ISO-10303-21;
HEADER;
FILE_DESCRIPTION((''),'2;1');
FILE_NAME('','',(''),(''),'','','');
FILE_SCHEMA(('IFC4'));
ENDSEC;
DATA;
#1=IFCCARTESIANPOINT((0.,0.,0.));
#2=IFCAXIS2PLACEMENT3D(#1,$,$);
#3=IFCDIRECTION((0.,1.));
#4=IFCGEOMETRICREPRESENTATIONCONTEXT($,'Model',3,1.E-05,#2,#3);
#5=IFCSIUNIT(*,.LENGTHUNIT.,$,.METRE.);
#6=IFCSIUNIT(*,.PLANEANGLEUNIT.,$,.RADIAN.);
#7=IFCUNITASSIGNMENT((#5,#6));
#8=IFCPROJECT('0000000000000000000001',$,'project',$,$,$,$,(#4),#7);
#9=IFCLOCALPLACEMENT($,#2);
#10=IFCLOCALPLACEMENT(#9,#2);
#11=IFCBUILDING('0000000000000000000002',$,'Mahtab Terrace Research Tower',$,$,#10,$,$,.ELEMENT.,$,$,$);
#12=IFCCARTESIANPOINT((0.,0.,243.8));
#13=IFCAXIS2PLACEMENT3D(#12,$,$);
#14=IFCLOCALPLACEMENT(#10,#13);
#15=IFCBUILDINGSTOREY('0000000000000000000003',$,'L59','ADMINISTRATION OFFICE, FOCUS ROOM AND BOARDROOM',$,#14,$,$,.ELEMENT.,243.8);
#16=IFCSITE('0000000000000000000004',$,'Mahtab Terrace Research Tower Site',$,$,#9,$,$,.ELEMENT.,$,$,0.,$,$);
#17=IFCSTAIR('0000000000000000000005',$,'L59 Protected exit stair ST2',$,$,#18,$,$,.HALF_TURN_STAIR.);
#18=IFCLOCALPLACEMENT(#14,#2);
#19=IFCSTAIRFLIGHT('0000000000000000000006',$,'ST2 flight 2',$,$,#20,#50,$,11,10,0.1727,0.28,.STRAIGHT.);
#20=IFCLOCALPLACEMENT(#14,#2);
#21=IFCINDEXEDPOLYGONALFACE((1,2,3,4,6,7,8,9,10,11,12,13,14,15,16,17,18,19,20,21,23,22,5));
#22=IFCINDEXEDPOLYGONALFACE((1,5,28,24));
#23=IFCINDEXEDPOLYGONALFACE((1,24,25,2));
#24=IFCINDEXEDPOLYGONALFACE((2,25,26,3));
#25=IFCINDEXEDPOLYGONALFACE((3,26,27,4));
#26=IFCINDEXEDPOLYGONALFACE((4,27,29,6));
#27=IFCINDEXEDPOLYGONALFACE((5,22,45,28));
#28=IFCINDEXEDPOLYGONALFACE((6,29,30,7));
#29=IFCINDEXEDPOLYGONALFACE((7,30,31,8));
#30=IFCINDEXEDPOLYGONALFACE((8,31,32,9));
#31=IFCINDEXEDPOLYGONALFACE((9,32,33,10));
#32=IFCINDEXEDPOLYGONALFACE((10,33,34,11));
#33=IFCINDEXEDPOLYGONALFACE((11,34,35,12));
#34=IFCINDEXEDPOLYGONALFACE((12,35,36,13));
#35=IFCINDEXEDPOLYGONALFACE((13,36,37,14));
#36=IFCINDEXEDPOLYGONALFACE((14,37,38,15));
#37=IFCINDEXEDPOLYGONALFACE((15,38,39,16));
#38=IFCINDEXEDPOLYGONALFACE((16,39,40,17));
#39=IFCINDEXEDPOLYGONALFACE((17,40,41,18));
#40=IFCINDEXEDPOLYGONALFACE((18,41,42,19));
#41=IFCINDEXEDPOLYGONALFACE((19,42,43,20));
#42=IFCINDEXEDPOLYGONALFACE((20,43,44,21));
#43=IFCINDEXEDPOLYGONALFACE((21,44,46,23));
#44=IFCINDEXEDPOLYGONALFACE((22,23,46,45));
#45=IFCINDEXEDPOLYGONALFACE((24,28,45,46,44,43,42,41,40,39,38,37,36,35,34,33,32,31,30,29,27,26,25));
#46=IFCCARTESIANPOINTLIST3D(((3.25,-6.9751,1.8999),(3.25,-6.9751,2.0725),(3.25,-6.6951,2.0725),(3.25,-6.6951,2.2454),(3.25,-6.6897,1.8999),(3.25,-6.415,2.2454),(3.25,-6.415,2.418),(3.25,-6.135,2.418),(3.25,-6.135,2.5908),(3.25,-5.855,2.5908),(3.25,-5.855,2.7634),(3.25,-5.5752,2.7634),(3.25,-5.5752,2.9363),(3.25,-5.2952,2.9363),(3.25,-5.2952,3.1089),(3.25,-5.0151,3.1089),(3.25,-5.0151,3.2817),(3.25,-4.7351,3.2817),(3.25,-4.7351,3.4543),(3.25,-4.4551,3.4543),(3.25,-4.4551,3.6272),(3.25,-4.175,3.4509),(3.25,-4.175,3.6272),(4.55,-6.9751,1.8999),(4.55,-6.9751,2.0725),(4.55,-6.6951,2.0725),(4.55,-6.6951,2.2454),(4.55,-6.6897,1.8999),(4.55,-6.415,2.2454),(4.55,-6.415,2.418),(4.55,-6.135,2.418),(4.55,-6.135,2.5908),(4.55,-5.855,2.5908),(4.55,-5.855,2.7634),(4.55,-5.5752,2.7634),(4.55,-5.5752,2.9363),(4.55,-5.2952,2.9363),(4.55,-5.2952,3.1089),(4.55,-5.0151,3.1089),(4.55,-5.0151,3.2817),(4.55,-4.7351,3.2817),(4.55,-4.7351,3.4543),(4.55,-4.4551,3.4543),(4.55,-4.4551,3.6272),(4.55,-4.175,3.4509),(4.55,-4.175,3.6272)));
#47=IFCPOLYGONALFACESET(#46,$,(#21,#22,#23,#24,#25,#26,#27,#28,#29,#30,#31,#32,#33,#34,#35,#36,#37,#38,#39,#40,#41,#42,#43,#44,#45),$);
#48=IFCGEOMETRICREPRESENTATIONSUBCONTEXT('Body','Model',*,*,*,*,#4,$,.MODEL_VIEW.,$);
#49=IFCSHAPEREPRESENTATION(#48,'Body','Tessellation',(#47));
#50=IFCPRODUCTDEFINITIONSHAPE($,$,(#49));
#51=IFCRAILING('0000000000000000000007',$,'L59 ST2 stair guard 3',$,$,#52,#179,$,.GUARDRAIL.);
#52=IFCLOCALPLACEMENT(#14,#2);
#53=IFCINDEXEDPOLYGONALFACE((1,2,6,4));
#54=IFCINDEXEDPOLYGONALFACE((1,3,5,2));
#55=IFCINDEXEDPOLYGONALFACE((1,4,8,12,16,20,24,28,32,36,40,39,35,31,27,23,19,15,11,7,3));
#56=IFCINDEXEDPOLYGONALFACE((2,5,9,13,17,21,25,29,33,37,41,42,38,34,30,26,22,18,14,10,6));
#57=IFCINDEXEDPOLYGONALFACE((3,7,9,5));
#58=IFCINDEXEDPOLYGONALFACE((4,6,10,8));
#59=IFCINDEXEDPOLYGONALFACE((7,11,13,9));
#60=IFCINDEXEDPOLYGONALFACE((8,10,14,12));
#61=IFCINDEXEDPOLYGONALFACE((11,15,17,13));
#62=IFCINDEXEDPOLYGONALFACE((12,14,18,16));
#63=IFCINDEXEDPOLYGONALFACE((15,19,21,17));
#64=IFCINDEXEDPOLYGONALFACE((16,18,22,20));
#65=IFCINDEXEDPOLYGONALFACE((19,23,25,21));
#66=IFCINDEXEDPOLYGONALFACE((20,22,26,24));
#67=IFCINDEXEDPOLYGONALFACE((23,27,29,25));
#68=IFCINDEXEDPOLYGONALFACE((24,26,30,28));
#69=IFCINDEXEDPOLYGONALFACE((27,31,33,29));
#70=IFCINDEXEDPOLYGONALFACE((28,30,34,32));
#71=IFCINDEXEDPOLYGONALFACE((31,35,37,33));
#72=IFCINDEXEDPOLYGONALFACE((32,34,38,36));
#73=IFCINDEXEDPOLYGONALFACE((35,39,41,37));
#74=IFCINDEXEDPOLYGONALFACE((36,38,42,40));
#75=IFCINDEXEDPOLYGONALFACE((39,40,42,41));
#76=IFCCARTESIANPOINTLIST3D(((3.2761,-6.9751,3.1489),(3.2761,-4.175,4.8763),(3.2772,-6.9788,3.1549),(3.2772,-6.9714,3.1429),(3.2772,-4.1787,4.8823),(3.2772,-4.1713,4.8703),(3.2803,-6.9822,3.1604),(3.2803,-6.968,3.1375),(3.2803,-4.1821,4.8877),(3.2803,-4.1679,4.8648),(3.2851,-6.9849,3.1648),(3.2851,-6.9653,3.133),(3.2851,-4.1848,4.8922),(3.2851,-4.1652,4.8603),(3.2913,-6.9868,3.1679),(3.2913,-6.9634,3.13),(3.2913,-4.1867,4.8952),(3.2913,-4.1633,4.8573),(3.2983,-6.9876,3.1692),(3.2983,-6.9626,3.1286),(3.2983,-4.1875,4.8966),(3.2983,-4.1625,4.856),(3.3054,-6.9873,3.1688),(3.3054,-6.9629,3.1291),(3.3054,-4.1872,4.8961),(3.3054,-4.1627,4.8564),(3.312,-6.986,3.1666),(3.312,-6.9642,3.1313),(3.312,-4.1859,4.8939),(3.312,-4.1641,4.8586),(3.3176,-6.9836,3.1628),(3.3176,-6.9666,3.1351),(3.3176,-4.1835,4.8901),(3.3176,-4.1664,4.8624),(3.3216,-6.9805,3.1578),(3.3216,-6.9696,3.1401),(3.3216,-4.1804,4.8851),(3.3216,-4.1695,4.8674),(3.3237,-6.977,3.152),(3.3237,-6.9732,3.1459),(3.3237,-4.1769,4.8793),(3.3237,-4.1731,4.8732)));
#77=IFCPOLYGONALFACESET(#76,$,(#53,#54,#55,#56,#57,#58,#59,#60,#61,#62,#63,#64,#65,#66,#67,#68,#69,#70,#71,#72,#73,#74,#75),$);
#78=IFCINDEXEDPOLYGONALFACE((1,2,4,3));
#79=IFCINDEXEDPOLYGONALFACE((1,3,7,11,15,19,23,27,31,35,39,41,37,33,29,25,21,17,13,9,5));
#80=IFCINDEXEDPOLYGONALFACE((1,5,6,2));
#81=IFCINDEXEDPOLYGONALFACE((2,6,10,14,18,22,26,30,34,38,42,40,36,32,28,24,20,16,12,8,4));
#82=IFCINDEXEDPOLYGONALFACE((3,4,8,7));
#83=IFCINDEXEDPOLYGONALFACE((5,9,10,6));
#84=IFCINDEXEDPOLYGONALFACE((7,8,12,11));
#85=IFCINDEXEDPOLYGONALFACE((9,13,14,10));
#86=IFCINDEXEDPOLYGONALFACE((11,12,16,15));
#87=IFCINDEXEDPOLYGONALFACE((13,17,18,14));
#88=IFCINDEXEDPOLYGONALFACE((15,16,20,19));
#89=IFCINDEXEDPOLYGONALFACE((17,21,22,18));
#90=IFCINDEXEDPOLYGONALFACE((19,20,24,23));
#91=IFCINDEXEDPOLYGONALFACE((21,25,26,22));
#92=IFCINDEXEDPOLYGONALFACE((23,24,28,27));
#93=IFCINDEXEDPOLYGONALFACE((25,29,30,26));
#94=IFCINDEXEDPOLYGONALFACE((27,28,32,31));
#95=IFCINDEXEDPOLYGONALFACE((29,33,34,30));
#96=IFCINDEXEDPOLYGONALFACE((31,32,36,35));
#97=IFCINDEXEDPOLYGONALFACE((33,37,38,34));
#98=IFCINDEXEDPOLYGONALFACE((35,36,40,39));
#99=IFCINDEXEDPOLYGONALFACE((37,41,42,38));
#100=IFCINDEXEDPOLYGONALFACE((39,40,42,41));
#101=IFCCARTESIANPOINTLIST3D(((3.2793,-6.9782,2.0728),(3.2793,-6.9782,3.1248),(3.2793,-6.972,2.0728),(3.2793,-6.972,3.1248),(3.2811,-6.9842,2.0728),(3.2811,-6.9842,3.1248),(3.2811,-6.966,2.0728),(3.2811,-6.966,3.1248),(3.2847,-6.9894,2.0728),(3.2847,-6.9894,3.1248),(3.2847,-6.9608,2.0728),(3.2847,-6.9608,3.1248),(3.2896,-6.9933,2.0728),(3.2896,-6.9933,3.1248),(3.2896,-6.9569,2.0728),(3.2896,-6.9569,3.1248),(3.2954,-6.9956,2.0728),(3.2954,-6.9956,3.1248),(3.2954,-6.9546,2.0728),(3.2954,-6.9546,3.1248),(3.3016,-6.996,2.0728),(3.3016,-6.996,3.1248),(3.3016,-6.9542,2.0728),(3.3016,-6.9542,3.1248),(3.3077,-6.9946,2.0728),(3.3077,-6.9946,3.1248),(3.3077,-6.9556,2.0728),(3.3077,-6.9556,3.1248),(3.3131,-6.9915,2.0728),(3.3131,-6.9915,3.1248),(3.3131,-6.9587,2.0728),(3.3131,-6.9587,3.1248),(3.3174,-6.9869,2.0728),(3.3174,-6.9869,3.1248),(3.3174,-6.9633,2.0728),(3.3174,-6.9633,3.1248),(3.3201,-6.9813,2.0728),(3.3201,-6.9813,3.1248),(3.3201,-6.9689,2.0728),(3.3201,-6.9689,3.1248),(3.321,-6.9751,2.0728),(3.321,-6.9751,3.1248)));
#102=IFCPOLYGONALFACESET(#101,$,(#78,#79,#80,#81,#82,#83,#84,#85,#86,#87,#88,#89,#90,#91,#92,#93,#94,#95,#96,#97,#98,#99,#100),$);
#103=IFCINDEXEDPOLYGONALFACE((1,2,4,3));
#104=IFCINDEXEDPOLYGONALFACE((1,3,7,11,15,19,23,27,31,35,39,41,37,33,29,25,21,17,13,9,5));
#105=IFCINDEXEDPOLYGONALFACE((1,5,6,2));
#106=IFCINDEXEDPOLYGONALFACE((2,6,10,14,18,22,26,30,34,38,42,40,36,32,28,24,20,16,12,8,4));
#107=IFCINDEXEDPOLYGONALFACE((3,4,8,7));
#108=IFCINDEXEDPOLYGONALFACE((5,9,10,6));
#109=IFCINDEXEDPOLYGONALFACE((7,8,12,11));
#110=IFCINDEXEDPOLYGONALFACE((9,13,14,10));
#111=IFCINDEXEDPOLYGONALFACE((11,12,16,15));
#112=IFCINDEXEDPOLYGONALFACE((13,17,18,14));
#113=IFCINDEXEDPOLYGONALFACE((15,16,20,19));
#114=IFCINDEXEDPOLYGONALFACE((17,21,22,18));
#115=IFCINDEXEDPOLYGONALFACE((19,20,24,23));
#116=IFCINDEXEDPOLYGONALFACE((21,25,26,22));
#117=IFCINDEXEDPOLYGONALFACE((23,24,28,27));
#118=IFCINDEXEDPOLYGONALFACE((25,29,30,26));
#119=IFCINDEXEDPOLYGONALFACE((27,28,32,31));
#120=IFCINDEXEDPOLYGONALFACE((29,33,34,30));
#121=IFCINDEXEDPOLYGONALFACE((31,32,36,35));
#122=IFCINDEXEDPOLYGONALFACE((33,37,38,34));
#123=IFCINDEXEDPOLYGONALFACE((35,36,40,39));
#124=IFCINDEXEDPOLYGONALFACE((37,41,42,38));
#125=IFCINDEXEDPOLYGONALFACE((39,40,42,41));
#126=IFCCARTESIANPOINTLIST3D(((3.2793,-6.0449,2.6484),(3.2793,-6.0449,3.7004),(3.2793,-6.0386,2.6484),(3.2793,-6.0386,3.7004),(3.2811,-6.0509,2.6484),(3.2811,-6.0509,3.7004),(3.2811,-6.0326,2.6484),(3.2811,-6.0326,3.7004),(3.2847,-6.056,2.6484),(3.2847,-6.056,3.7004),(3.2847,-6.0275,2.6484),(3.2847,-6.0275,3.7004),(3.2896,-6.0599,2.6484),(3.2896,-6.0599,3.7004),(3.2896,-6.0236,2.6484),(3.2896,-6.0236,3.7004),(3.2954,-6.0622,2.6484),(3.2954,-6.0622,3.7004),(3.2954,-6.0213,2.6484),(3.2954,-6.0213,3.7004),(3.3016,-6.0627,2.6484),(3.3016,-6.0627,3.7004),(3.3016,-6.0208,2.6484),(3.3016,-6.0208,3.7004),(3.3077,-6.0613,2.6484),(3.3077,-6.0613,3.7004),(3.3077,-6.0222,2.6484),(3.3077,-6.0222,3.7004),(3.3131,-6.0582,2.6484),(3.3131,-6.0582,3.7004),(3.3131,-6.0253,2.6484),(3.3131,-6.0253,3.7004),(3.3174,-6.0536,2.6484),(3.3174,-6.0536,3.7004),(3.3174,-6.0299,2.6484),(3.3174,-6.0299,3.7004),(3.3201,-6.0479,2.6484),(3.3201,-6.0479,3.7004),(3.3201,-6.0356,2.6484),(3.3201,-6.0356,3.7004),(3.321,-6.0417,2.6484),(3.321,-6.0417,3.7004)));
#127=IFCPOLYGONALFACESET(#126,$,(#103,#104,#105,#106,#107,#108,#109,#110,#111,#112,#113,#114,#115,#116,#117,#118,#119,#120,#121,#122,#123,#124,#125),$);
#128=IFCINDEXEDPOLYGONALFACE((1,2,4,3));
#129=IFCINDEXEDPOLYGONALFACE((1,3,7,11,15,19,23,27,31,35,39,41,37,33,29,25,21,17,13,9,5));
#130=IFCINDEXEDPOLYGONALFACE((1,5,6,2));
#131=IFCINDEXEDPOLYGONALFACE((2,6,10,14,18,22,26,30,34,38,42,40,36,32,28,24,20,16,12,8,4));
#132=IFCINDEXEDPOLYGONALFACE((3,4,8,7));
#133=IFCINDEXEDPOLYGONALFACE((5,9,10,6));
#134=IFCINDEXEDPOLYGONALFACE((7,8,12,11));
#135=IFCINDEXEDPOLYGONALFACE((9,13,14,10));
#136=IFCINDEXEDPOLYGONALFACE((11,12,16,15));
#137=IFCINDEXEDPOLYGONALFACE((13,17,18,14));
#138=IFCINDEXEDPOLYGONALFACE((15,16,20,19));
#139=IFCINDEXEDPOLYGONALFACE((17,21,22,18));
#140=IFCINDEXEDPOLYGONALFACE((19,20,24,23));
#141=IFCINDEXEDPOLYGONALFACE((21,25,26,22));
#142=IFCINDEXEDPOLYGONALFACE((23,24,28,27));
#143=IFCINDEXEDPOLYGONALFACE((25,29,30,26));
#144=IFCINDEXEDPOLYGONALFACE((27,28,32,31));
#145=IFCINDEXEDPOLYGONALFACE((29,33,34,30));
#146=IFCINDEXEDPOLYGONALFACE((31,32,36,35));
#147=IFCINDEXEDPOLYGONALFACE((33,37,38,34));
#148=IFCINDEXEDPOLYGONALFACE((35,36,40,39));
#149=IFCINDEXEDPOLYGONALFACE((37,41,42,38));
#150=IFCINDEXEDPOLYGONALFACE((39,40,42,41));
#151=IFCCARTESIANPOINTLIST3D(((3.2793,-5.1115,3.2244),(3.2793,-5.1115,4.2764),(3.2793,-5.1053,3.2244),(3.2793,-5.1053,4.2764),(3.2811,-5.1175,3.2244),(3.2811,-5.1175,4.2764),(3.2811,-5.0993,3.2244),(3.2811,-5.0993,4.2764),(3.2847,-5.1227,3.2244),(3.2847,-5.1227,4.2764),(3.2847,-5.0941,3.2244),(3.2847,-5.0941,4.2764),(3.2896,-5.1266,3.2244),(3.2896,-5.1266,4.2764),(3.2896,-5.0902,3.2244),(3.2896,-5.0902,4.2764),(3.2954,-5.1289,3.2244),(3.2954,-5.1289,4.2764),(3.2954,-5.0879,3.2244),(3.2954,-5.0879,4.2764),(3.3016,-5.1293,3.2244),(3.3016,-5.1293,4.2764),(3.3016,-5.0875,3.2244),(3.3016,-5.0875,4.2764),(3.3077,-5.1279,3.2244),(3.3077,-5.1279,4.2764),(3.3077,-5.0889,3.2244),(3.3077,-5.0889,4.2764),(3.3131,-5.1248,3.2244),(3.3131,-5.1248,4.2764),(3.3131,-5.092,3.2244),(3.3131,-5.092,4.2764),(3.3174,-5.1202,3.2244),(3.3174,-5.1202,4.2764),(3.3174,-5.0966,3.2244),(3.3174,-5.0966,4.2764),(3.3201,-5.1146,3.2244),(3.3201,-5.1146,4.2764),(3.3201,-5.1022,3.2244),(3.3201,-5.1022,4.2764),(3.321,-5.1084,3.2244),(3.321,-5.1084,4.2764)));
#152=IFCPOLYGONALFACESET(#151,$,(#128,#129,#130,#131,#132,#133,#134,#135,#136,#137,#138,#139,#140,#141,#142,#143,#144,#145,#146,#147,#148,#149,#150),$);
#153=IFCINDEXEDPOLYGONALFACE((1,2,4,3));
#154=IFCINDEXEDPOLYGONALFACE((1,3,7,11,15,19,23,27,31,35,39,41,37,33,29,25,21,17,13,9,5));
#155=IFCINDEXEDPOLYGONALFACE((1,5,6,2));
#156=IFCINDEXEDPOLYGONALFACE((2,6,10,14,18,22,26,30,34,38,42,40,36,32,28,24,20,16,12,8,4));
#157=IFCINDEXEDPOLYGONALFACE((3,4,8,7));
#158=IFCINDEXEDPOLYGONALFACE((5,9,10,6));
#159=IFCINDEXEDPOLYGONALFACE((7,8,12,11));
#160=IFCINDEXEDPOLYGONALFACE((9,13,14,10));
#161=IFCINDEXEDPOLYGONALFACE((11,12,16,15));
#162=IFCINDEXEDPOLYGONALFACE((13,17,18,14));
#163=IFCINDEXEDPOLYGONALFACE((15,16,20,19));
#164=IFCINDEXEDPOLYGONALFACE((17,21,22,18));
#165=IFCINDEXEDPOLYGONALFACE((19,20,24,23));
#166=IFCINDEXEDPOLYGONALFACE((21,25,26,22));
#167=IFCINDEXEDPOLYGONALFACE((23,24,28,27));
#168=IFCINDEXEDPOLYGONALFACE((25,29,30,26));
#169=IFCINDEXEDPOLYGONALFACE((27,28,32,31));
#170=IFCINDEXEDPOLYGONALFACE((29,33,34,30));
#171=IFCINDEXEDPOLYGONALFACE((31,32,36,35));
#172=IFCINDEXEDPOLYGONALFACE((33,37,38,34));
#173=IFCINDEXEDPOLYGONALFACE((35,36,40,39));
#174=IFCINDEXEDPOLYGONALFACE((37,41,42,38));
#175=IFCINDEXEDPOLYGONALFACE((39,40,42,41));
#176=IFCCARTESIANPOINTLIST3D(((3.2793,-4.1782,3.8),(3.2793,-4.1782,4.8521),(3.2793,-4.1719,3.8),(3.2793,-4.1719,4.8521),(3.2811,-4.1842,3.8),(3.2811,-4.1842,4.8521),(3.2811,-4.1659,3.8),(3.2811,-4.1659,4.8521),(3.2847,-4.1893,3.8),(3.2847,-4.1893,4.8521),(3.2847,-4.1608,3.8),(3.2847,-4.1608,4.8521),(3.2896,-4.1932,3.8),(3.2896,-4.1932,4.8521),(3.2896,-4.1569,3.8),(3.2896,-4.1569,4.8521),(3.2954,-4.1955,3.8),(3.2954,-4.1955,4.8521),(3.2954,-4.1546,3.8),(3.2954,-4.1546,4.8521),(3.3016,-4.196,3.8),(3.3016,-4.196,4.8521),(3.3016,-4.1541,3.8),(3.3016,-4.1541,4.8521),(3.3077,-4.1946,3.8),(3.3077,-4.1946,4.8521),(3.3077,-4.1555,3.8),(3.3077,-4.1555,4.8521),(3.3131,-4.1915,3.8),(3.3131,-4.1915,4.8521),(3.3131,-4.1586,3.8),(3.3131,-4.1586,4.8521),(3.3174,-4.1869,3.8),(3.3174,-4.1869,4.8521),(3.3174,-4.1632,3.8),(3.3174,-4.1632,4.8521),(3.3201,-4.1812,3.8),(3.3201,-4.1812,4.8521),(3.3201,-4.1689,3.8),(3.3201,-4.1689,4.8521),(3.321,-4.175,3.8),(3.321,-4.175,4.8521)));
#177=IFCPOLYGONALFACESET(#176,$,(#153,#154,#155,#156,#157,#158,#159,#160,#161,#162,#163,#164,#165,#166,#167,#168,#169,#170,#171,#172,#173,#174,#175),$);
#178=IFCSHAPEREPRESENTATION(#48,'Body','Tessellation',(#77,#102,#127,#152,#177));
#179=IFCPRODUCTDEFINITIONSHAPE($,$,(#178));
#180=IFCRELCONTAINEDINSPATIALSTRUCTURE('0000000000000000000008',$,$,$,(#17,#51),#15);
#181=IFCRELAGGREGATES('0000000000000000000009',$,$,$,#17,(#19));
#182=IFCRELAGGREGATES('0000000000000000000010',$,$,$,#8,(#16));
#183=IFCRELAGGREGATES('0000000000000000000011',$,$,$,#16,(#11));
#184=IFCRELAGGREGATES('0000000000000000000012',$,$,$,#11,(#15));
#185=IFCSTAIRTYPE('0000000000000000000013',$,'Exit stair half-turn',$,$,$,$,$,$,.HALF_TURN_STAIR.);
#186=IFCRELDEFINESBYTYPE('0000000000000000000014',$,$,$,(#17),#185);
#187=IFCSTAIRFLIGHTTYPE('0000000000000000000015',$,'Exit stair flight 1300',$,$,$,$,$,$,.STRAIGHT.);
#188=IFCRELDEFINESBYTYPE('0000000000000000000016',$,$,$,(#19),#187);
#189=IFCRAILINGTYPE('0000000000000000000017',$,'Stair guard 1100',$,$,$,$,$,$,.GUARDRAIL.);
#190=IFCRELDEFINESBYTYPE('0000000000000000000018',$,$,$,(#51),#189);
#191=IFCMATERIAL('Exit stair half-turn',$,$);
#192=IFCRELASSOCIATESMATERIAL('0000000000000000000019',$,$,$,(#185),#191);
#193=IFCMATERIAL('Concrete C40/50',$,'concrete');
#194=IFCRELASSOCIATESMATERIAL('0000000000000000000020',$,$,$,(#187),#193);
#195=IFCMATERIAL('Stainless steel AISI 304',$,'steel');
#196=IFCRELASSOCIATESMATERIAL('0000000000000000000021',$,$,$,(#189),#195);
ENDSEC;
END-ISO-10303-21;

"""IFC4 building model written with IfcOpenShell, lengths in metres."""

from ifc_helpers import new_model, si_unit, direction, frame, origin, origin_2d, place, context, subcontext, project, spatial, polyline, circle, outline, extrude, material, type_object, element, aggregate, save


model = new_model("IFC4")

# Units and contexts
model_context = context("Model", 3, precision=1e-05, world=origin(), true_north=direction((0.0, 1.0)))
body_context = subcontext(model_context, "Body", "Model", "MODEL_VIEW")
ifc_project = project(units=[si_unit("LENGTHUNIT", "METRE"), si_unit("PLANEANGLEUNIT", "RADIAN")], contexts=[model_context])

# Site, building, storey
site_placement = place(None, origin())
site = spatial("IfcSite", under=ifc_project, at=site_placement, Name="Mahtab Terrace Research Tower Site", CompositionType="ELEMENT", RefElevation=0.0)
building_placement = place(site_placement, origin())
building = spatial("IfcBuilding", under=site, at=building_placement, Name="Mahtab Terrace Research Tower", CompositionType="ELEMENT")
storey_placement = place(building_placement, frame((0.0, 0.0, 243.8)))
storey = spatial("IfcBuildingStorey", under=building, at=storey_placement, Name="L59", Description="ADMINISTRATION OFFICE, FOCUS ROOM AND BOARDROOM", CompositionType="ELEMENT", Elevation=243.8)

# Stair, stair flight
ifc_material_1 = material(Name="Exit stair half-turn")
stair_type = type_object("IfcStairType", Name="Exit stair half-turn", PredefinedType="HALF_TURN_STAIR", material=ifc_material_1)
stair_placement = place(storey_placement, origin())
stair = element("IfcStair", 1, at=stair_placement, inside=storey, type_object=stair_type, Name="L59 Protected exit stair ST2", PredefinedType="HALF_TURN_STAIR")
ifc_material_2 = material(Name="Concrete C40/50", Category="concrete")
stair_flight_type = type_object("IfcStairFlightType", Name="Exit stair flight 1300", PredefinedType="STRAIGHT", material=ifc_material_2)
stair_flight_placement = place(storey_placement, frame((3.8999, -6.9751, 1.8999), z_axis=(0.0, 0.0, 1.0), x_axis=(0.0, 1.0, 0.0)))
stair_flight = element("IfcStairFlight", 2, at=stair_flight_placement, type_object=stair_flight_type, Name="ST2 flight 2", NumberOfRisers=11, NumberOfTreads=10, PredefinedType="STRAIGHT", RiserHeight=0.1727, TreadLength=0.28, context=body_context, shape_type="SweptSolid", body=[
    extrude(outline(polyline([(0.0, 0.0), (0.0, 0.1726), (0.28, 0.1726), (0.28, 0.3455), (0.5601, 0.3455), (0.5601, 0.5181), (0.8401, 0.5181), (0.8401, 0.6909), (1.1201, 0.6909), (1.1201, 0.8635), (1.3999, 0.8635), (1.3999, 1.0364), (1.6799, 1.0364), (1.6799, 1.209), (1.96, 1.209), (1.96, 1.3818), (2.24, 1.3818), (2.24, 1.5544), (2.52, 1.5544), (2.52, 1.7273), (2.8, 1.7273), (2.8, 1.8999), (2.8, 1.551), (0.2854, 0.0), (0.0, 0.0)])), frame((0.0, 0.6499, 0.0), z_axis=(0.0, -1.0, 0.0), x_axis=(1.0, 0.0, 0.0)), (0.0, 0.0, 1.0), 1.3),
])
aggregate(stair, [stair_flight])

# Railing
ifc_material_3 = material(Name="Stainless steel AISI 304", Category="steel")
railing_type_1 = type_object("IfcRailingType", Name="Stair guard 1100", PredefinedType="GUARDRAIL", material=ifc_material_3)
railing_1_placement = place(storey_placement, frame((3.3, -6.9751, 2.0728)))
element("IfcRailing", 3, at=railing_1_placement, inside=storey, type_object=railing_type_1, Name="L59 ST2 stair guard 3", PredefinedType="GUARDRAIL", context=body_context, shape_type="SweptSolid", body=[
    extrude(circle(Radius=0.0239, at=origin_2d()), frame((0.0, 0.0, 1.0762), z_axis=(0.0, 0.85109, 0.52502), x_axis=(-1.0, 0.0, 0.0)), (0.0, 0.0, 1.0), 3.29),
    extrude(circle(Radius=0.021, at=origin_2d()), origin(), (0.0, 0.0, 1.0), 1.052),
    extrude(circle(Radius=0.021, at=origin_2d()), frame((0.0, 0.9333, 0.5757)), (0.0, 0.0, 1.0), 1.052),
    extrude(circle(Radius=0.021, at=origin_2d()), frame((0.0, 1.8667, 1.1516)), (0.0, 0.0, 1.0), 1.052),
    extrude(circle(Radius=0.021, at=origin_2d()), frame((0.0, 2.8, 1.7273)), (0.0, 0.0, 1.0), 1.052),
])

save(model, "model.ifc")
